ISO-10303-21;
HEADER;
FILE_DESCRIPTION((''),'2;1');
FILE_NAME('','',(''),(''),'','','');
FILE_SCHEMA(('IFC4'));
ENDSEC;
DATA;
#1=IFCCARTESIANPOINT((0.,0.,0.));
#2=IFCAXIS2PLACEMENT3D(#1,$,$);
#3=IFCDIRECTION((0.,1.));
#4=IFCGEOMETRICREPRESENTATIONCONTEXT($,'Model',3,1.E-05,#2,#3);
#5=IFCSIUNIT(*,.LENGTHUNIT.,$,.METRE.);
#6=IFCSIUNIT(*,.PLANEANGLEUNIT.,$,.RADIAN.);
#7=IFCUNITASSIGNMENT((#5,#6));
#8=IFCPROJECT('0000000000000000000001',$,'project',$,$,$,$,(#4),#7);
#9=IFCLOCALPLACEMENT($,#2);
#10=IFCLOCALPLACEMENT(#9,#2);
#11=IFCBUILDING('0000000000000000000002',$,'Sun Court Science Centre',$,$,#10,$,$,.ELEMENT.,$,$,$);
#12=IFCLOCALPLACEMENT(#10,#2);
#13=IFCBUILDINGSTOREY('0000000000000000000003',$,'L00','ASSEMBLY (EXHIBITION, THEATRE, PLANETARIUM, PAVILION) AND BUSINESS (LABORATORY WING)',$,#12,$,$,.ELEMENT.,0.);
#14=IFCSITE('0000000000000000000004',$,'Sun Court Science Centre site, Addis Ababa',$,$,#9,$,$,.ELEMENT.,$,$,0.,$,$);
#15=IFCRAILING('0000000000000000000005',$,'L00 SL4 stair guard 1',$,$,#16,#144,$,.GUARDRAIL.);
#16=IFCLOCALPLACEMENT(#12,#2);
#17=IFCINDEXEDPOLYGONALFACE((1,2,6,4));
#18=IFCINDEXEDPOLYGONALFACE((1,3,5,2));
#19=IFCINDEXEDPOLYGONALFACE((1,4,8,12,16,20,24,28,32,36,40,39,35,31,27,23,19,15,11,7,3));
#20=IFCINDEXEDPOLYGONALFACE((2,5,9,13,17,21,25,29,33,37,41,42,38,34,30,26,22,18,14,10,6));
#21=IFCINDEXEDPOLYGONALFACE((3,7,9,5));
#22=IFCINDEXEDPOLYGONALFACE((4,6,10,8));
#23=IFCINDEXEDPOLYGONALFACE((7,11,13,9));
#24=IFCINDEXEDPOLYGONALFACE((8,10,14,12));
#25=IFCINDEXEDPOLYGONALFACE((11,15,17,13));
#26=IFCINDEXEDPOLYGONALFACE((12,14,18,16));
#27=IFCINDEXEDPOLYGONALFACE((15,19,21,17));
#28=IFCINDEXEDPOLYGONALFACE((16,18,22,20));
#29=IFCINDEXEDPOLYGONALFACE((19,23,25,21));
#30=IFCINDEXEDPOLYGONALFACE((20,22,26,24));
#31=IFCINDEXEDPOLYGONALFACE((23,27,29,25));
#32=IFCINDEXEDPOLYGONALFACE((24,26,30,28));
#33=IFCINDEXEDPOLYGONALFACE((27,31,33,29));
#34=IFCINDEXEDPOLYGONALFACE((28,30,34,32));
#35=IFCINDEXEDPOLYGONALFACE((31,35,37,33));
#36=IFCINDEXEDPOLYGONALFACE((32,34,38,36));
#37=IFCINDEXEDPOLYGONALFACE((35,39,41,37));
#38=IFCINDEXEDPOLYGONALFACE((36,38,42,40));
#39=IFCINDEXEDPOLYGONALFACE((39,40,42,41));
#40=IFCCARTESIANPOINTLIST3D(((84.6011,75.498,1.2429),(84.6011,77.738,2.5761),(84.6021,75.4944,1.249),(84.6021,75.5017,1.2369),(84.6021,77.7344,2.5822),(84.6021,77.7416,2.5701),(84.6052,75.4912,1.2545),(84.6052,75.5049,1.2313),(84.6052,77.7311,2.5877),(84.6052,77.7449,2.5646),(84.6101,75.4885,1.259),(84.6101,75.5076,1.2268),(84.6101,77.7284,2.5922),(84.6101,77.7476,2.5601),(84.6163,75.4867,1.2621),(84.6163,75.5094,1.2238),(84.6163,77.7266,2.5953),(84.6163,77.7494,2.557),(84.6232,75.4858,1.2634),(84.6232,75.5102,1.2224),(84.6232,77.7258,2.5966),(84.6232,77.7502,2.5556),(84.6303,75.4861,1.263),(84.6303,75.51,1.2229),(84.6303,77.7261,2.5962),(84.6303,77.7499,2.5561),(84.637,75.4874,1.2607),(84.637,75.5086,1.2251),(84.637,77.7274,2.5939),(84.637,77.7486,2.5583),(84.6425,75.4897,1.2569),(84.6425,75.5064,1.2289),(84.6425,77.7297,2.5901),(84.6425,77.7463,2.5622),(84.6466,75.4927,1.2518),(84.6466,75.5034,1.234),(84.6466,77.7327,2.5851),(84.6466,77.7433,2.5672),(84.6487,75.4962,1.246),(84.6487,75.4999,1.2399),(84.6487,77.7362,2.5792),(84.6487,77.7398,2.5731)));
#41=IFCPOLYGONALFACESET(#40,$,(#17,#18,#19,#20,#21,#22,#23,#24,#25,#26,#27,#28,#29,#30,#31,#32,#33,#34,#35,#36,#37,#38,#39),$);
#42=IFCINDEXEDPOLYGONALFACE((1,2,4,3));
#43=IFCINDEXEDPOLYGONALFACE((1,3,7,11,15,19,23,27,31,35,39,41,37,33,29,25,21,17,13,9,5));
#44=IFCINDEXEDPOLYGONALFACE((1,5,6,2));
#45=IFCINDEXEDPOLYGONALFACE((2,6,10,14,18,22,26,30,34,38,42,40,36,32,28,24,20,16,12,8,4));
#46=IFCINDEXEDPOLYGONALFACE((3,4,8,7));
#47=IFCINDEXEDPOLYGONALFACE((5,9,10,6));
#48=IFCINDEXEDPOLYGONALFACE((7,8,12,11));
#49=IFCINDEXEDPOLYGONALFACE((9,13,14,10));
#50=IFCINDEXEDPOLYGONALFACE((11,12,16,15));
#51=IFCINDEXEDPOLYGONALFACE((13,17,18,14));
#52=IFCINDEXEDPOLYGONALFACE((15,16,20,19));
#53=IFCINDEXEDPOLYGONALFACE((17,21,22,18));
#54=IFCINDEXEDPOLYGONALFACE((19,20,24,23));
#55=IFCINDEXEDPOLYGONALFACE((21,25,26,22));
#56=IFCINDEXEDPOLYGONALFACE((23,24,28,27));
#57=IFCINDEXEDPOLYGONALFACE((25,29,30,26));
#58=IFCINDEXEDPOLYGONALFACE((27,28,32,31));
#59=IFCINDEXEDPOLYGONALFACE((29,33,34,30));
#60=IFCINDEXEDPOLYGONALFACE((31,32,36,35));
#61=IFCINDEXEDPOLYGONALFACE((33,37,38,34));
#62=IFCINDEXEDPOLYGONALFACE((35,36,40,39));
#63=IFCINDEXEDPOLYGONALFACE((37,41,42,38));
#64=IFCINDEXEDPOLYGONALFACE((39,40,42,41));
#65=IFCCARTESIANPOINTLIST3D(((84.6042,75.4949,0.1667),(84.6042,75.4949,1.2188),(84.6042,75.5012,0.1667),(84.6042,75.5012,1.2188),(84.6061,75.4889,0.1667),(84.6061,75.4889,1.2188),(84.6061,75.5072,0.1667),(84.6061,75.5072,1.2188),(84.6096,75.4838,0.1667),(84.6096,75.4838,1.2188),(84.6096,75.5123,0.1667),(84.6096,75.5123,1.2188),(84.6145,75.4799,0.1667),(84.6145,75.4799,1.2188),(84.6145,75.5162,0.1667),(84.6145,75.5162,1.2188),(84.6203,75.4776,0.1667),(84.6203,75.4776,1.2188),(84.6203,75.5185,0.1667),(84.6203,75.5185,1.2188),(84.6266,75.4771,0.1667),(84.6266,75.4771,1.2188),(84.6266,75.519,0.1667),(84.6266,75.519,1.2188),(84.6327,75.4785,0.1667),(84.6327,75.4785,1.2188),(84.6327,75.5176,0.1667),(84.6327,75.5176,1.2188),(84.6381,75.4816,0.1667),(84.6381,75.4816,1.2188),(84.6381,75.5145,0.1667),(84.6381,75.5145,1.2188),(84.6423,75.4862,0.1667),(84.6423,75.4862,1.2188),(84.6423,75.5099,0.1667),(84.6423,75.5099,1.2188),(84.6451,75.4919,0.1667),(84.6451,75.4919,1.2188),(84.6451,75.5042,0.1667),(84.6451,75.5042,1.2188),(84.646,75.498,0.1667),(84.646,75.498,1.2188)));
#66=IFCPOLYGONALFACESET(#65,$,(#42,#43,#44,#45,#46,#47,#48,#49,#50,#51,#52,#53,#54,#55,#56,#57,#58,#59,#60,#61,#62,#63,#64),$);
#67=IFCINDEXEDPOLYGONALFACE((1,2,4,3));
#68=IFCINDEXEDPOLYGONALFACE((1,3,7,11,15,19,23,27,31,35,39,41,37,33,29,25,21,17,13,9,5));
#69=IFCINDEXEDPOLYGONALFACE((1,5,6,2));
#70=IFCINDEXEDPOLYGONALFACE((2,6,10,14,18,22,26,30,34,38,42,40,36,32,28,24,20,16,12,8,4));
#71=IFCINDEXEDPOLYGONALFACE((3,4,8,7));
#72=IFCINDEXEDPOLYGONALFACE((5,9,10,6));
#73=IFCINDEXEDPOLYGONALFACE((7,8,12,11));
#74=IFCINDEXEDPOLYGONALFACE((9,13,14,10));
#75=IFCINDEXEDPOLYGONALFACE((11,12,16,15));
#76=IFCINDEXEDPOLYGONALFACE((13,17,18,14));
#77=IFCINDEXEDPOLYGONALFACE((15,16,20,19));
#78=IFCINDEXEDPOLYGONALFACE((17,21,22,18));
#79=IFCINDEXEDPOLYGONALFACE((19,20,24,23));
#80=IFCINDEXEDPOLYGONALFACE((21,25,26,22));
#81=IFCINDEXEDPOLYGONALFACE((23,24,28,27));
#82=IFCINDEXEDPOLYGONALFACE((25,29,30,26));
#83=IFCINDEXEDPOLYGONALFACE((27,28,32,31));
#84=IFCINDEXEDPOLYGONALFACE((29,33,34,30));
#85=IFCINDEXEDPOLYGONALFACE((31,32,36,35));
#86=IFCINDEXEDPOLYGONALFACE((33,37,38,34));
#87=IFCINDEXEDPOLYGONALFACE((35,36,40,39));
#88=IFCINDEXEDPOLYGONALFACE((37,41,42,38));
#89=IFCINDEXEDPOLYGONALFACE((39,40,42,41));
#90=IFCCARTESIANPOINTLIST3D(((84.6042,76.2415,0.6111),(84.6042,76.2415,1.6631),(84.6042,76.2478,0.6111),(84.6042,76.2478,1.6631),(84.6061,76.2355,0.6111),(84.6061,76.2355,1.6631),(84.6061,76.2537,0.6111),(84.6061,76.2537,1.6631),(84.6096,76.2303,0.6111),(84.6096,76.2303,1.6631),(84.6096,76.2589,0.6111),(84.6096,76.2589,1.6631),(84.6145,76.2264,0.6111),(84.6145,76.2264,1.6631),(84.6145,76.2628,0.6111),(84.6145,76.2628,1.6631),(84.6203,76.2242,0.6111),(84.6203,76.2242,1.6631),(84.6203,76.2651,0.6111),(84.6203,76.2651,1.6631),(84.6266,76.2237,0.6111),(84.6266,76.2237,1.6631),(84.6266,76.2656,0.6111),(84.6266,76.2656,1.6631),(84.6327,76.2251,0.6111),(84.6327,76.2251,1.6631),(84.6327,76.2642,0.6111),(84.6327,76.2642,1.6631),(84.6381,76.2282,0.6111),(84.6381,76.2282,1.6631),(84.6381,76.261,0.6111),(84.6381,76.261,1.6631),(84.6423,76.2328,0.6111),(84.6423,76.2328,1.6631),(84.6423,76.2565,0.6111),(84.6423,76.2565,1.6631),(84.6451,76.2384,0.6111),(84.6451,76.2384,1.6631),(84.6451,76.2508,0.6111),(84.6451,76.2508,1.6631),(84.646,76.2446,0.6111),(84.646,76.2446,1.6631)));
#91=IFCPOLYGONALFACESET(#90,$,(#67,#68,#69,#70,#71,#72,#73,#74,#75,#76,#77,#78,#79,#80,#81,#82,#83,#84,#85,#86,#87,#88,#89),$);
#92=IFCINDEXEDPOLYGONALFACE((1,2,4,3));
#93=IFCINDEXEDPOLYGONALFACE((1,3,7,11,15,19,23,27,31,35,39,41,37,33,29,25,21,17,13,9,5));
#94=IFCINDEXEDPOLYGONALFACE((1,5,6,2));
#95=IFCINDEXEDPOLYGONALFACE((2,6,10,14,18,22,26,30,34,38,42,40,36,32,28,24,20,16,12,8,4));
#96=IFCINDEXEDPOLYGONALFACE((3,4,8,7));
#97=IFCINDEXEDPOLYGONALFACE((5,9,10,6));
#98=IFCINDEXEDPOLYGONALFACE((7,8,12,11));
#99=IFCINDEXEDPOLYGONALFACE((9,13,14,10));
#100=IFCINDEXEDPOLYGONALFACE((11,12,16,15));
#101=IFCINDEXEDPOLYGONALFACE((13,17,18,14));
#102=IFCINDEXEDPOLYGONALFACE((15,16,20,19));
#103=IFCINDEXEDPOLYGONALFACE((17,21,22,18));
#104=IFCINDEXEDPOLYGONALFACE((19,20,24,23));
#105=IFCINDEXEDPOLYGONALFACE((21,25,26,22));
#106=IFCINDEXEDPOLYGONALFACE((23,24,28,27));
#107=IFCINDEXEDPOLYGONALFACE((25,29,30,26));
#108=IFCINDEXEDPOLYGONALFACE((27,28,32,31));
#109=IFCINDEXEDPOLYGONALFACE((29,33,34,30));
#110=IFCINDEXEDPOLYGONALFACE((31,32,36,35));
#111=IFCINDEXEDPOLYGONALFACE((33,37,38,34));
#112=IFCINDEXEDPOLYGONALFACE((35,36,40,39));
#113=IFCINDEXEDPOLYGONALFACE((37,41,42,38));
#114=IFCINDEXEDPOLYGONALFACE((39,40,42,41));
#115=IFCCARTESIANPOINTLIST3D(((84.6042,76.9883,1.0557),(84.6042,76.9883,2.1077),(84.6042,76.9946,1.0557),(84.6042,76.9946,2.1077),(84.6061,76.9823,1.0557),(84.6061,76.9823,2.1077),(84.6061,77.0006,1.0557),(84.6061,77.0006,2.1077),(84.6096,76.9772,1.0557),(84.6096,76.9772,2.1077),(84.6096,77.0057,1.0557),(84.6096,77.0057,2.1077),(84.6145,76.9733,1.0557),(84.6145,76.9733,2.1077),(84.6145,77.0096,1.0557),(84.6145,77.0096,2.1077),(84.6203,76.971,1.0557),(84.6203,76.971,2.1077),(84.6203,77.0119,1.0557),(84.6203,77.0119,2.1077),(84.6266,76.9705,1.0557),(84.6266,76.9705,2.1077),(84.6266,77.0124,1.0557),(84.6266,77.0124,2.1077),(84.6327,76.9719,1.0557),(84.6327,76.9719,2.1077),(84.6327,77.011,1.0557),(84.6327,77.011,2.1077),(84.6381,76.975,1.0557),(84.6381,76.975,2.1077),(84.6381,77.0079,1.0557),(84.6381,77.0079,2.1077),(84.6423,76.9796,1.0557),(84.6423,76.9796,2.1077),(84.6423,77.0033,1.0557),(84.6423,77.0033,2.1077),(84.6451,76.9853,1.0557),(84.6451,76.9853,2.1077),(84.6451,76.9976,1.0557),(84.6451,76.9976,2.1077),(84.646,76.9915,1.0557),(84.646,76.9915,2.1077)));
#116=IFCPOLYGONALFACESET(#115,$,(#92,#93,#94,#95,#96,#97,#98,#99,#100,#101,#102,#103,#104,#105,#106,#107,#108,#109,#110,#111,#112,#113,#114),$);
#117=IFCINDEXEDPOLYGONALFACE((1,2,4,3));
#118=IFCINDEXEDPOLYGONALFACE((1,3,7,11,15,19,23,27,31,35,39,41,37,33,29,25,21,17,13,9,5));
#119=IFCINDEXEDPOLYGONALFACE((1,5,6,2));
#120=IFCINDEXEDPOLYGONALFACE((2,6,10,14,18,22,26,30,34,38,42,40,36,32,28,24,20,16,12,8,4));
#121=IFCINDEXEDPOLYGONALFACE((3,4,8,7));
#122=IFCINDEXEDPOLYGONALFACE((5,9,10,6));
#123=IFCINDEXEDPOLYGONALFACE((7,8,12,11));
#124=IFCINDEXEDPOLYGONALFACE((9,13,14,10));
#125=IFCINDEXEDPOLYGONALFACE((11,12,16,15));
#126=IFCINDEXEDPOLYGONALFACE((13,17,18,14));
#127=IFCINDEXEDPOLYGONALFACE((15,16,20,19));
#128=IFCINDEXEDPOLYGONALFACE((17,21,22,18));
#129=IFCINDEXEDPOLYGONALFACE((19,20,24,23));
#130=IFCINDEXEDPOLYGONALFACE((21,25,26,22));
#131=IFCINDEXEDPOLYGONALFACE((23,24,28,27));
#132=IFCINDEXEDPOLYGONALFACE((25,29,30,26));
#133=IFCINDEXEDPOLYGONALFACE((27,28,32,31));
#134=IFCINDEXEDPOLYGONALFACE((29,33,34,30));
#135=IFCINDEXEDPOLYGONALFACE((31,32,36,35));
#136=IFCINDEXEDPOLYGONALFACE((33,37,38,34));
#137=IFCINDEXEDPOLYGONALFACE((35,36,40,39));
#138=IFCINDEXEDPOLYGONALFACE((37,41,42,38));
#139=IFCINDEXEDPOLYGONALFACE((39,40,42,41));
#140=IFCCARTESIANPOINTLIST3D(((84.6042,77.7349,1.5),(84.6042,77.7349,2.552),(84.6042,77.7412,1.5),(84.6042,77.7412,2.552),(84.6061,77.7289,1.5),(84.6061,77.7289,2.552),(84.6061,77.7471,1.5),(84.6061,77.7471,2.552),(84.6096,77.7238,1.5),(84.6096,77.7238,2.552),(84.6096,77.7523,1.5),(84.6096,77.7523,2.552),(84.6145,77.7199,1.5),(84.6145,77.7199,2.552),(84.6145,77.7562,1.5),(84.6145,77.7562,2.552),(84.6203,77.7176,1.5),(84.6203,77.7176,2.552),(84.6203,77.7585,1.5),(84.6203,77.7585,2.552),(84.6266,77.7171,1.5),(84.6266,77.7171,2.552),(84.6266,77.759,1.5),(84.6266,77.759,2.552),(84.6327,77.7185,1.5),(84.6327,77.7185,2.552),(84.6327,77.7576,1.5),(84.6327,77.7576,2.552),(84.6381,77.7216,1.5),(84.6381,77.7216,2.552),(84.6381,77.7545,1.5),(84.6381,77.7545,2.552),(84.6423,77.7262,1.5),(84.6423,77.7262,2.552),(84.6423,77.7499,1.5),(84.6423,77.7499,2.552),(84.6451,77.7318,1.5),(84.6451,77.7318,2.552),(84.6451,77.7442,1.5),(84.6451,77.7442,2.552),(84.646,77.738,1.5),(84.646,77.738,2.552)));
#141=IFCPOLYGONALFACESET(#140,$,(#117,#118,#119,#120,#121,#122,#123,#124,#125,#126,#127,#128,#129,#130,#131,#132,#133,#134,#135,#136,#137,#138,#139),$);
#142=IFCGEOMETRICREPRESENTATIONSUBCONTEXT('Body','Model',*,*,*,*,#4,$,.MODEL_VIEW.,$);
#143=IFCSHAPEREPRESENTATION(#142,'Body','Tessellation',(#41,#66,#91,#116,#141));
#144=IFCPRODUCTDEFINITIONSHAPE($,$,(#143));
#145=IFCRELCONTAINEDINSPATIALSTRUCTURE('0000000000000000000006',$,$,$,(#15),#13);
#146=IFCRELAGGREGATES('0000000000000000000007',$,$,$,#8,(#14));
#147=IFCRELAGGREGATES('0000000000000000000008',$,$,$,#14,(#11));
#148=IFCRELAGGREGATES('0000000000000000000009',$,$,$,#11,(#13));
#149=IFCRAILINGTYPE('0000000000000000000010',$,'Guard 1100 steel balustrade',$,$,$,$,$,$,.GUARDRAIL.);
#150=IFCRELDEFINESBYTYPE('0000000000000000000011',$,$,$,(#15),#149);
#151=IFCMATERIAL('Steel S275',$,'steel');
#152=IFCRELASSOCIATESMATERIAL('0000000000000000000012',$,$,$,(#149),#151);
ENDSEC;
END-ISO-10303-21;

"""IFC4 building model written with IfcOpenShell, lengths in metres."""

from ifc_helpers import new_model, si_unit, direction, frame, origin, origin_2d, place, context, subcontext, project, spatial, circle, extrude, material, type_object, element, save


model = new_model("IFC4")

# Units and contexts
model_context = context("Model", 3, precision=1e-05, world=origin(), true_north=direction((0.0, 1.0)))
body_context = subcontext(model_context, "Body", "Model", "MODEL_VIEW")
ifc_project = project(units=[si_unit("LENGTHUNIT", "METRE"), si_unit("PLANEANGLEUNIT", "RADIAN")], contexts=[model_context])

# Site, building, storey
site_placement = place(None, origin())
site = spatial("IfcSite", under=ifc_project, at=site_placement, Name="Sun Court Science Centre site, Addis Ababa", CompositionType="ELEMENT", RefElevation=0.0)
building_placement = place(site_placement, origin())
building = spatial("IfcBuilding", under=site, at=building_placement, Name="Sun Court Science Centre", CompositionType="ELEMENT")
storey_placement = place(building_placement, origin())
storey = spatial("IfcBuildingStorey", under=building, at=storey_placement, Name="L00", Description="ASSEMBLY (EXHIBITION, THEATRE, PLANETARIUM, PAVILION) AND BUSINESS (LABORATORY WING)", CompositionType="ELEMENT", Elevation=0.0)

# Railing
ifc_material_1 = material(Name="Steel S275", Category="steel")
railing_type_1 = type_object("IfcRailingType", Name="Guard 1100 steel balustrade", PredefinedType="GUARDRAIL", material=ifc_material_1)
railing_1_placement = place(storey_placement, frame((84.625, 75.498, 0.1667)))
element("IfcRailing", 1, at=railing_1_placement, inside=storey, type_object=railing_type_1, Name="L00 SL4 stair guard 1", PredefinedType="GUARDRAIL", context=body_context, shape_type="SweptSolid", body=[
    extrude(circle(Radius=0.0239, at=origin_2d()), frame((0.0, 0.0, 1.0762), z_axis=(0.0, 0.859306, 0.511462), x_axis=(-1.0, 0.0, 0.0)), (0.0, 0.0, 1.0), 2.6067),
    extrude(circle(Radius=0.021, at=origin_2d()), origin(), (0.0, 0.0, 1.0), 1.052),
    extrude(circle(Radius=0.021, at=origin_2d()), frame((0.0, 0.7466, 0.4443)), (0.0, 0.0, 1.0), 1.052),
    extrude(circle(Radius=0.021, at=origin_2d()), frame((0.0, 1.4934, 0.8889)), (0.0, 0.0, 1.0), 1.052),
    extrude(circle(Radius=0.021, at=origin_2d()), frame((0.0, 2.24, 1.3333)), (0.0, 0.0, 1.0), 1.052),
])

save(model, "model.ifc")
